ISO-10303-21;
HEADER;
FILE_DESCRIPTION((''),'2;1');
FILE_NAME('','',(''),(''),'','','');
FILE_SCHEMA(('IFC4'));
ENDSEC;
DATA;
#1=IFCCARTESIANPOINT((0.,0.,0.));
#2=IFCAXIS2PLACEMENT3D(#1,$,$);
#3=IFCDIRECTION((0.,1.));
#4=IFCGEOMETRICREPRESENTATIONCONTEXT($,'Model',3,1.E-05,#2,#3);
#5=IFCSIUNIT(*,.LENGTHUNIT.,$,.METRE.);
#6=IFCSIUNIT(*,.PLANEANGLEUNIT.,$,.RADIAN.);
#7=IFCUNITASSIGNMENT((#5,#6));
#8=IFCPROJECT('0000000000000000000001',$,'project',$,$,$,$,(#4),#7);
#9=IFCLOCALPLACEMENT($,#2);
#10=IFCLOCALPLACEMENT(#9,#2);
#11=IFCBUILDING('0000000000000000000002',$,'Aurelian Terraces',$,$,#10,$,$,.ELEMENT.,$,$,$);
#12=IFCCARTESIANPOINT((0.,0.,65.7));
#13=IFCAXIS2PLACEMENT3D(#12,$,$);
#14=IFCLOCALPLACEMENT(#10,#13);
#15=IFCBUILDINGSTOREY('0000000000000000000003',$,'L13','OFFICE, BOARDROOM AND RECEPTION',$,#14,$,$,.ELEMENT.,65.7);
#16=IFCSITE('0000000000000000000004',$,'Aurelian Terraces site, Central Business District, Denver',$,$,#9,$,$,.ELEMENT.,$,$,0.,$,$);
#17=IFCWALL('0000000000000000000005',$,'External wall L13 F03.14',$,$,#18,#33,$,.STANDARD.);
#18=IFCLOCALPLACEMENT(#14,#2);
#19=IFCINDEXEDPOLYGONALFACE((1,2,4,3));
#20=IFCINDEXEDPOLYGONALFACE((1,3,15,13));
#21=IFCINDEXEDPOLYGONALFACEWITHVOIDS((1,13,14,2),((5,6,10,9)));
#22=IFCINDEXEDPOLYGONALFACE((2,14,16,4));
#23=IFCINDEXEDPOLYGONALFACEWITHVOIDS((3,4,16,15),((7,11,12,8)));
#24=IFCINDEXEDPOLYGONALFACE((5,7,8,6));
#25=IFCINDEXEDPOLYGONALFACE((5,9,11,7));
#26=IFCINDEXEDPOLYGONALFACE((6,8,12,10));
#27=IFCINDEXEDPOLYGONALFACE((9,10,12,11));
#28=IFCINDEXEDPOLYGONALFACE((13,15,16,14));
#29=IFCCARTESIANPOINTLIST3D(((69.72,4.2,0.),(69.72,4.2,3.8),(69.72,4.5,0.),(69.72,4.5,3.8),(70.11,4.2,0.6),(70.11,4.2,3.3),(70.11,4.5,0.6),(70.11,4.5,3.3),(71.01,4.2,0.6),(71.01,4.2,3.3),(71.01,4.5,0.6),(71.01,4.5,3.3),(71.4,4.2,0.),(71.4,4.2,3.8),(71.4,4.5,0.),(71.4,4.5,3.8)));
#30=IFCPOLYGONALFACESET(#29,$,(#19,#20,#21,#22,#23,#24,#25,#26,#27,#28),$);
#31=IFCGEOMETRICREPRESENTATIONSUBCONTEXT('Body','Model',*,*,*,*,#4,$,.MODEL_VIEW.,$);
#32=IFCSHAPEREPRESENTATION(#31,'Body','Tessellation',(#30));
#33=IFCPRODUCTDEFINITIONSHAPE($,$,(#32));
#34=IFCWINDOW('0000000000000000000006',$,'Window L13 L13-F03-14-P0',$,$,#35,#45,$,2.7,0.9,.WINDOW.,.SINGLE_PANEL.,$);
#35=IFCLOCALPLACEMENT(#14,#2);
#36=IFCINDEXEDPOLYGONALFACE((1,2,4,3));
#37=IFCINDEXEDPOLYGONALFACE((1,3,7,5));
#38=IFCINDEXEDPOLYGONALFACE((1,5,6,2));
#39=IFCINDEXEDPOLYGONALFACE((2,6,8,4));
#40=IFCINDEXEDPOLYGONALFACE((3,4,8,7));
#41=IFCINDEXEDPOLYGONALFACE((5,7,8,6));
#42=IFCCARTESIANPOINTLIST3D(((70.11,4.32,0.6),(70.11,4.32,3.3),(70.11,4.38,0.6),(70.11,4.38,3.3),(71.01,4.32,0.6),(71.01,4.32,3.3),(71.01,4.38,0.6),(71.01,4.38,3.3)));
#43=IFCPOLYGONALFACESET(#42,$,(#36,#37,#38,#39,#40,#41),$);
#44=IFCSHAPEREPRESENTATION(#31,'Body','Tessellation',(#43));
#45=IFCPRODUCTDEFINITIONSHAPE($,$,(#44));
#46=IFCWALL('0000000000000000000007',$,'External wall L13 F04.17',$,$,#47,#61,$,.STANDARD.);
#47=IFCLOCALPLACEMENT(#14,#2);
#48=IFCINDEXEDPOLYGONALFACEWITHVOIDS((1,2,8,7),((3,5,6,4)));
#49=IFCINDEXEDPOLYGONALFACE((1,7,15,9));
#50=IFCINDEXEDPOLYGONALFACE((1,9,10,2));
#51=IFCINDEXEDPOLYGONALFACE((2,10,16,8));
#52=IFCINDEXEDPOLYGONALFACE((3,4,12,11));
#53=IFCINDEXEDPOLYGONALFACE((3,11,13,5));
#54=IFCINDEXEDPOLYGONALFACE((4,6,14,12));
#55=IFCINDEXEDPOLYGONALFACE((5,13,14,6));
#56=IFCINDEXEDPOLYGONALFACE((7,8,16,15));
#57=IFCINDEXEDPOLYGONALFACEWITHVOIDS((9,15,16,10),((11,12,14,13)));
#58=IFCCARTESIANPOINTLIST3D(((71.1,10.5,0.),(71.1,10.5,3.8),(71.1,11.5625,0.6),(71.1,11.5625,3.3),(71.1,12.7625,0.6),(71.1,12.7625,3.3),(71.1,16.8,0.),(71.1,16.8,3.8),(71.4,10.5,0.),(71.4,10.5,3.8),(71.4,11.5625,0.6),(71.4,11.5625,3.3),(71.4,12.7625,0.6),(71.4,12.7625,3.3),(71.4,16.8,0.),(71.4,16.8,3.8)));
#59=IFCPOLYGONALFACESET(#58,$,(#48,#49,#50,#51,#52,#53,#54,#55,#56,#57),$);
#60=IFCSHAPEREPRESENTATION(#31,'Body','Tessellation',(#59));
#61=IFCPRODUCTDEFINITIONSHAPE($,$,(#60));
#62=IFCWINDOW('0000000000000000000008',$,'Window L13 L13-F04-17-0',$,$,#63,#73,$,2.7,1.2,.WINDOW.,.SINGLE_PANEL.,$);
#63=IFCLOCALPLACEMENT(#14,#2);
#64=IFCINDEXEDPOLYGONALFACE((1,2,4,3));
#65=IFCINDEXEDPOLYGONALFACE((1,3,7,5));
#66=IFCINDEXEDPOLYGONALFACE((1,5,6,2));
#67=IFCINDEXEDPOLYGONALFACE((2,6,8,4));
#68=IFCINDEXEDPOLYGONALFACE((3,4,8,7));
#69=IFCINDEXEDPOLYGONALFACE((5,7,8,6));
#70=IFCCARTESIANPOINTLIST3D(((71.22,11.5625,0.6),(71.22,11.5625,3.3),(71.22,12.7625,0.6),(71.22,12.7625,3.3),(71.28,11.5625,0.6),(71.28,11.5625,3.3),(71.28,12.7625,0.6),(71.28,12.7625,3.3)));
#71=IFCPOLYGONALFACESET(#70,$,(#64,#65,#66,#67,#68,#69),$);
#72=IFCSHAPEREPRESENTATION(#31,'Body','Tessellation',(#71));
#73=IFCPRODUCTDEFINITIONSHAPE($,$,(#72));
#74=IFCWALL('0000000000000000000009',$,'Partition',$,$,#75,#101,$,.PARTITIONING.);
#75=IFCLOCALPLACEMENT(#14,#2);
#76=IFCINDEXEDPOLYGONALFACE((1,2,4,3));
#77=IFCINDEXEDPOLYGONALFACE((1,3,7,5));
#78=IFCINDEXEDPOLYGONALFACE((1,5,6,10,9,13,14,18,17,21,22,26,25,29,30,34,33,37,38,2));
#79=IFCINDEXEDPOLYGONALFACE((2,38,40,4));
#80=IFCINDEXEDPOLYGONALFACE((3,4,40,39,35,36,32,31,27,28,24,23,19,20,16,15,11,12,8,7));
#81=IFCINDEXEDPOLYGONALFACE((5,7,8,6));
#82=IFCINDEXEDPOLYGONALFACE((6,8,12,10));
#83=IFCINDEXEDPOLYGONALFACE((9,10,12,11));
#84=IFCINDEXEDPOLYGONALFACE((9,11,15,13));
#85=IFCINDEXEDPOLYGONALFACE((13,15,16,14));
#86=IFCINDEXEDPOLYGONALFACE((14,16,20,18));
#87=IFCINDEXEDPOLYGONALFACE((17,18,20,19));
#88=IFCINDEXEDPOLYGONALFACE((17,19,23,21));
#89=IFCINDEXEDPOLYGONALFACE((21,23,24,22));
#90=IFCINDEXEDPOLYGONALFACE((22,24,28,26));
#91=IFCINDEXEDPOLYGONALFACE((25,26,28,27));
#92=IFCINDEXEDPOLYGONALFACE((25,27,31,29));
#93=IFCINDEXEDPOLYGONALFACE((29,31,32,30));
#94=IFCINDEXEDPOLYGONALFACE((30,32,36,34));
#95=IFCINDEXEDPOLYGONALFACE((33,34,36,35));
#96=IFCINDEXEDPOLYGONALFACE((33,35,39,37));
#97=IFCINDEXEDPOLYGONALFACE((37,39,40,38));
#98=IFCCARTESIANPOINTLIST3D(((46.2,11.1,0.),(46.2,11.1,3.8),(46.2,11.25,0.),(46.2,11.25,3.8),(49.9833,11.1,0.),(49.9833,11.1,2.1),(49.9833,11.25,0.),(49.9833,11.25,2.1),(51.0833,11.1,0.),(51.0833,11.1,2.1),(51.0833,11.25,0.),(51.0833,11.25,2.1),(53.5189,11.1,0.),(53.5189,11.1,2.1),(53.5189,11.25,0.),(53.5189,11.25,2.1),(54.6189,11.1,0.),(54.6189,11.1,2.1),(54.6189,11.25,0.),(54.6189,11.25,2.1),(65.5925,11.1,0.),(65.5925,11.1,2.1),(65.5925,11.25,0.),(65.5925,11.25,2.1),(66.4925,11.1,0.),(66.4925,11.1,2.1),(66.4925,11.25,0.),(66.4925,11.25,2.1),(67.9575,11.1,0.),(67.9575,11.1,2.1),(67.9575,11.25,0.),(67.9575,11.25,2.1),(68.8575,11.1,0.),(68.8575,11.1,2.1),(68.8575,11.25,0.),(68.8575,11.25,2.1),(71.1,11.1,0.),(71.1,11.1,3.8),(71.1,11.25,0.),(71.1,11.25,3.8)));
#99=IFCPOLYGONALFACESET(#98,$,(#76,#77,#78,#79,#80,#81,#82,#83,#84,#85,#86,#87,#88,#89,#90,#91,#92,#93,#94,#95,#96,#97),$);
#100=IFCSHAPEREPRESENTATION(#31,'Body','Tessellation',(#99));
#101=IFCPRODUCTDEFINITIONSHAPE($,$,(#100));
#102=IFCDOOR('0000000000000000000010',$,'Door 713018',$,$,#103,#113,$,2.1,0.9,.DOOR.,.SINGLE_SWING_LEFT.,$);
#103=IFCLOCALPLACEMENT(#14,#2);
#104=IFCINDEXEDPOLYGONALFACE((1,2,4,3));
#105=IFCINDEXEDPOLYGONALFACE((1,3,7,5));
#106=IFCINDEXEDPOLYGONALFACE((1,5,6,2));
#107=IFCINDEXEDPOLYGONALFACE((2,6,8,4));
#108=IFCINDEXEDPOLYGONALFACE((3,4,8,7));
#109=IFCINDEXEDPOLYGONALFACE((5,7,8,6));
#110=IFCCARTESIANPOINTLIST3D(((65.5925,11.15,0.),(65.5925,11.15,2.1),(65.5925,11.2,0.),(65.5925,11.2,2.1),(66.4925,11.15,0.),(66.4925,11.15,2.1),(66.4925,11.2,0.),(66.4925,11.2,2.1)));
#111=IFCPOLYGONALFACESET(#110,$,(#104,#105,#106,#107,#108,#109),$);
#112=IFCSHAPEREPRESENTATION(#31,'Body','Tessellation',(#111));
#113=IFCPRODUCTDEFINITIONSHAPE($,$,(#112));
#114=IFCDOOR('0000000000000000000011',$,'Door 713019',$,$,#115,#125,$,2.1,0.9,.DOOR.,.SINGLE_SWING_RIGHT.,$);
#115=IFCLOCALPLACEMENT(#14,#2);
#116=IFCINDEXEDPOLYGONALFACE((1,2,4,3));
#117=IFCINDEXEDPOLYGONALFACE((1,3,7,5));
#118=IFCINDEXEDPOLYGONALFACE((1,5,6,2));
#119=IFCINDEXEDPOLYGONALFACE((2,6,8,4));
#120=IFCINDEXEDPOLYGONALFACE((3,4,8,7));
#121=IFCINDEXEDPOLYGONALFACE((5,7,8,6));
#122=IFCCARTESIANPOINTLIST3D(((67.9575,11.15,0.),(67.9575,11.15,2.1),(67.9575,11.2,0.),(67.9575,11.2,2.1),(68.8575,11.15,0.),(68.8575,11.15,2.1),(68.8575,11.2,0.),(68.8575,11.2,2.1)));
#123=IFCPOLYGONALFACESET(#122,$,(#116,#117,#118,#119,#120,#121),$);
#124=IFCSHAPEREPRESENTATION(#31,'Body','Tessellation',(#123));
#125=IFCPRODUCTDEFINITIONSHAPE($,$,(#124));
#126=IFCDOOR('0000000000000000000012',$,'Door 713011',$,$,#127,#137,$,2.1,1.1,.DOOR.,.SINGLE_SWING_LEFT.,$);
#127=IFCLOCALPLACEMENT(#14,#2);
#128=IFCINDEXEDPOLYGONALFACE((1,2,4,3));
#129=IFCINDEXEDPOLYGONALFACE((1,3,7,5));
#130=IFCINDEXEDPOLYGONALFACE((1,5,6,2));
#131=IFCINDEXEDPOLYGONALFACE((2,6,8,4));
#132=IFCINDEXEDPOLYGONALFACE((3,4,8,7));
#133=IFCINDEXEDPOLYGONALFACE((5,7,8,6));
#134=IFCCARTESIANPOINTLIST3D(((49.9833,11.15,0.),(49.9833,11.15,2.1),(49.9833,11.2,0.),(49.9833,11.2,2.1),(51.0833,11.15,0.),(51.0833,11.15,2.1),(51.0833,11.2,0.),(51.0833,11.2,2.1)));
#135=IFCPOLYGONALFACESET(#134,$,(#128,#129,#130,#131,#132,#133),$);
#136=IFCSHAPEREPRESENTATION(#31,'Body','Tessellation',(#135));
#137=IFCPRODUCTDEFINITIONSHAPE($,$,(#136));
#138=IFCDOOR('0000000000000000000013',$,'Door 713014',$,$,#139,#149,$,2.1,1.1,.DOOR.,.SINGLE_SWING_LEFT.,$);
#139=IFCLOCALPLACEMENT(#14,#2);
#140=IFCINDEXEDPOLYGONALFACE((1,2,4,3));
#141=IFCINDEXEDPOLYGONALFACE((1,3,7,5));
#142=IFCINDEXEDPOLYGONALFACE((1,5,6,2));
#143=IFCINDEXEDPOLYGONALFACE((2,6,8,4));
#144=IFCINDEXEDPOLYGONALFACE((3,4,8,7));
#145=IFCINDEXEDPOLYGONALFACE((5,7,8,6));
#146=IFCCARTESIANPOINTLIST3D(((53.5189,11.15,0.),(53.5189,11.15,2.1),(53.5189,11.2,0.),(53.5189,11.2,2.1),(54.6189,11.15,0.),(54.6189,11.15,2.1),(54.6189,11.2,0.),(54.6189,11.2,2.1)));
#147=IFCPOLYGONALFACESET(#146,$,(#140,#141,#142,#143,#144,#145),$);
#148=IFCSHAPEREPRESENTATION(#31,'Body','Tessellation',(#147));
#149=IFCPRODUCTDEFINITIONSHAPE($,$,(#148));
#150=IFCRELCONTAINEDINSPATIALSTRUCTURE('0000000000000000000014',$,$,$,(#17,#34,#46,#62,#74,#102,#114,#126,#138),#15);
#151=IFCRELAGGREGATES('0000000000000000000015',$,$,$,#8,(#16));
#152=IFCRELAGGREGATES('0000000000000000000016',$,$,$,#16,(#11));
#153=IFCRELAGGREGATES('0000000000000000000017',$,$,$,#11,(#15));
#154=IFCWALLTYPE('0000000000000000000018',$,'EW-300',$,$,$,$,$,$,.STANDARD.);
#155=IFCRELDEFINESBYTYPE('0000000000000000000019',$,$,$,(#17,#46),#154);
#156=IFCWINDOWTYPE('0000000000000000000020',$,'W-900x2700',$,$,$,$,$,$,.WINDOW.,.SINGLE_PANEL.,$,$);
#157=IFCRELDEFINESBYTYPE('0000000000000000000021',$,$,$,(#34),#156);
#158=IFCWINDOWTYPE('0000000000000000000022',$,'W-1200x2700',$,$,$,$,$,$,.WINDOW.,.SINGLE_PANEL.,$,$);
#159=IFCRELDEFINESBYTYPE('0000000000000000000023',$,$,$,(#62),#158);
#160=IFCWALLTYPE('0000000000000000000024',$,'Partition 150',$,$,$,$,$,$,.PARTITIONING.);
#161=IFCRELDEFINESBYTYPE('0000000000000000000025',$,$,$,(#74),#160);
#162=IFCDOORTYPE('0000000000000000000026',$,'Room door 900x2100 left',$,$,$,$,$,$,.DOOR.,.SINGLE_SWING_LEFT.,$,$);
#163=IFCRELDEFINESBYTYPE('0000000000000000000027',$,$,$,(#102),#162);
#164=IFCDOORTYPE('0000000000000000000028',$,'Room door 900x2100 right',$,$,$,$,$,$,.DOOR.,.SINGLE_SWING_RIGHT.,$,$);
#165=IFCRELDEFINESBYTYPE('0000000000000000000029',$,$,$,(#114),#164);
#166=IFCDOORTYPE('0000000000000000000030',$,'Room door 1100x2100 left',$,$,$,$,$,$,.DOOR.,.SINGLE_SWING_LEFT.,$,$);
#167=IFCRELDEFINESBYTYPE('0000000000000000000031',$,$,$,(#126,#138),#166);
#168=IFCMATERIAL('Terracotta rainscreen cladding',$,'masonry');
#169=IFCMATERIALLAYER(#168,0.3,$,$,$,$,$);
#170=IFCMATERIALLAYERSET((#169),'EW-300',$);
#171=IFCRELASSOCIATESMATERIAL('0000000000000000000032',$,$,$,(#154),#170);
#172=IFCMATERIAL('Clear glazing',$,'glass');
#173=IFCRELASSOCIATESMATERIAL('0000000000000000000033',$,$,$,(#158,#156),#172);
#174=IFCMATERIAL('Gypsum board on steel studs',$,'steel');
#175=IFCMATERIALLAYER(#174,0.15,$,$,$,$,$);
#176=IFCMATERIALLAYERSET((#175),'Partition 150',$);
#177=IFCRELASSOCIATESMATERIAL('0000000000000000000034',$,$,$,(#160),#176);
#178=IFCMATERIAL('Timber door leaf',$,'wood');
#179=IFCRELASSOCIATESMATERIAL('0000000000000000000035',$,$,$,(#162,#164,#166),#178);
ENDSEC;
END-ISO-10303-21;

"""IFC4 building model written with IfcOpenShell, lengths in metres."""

from ifc_helpers import new_model, si_unit, direction, frame, frame_2d, origin, place, context, subcontext, project, spatial, rectangle, extrude, source, transform, mapped, material, layer, layer_set, type_object, element, fill, save


model = new_model("IFC4")

# Units and contexts
model_context = context("Model", 3, precision=1e-05, world=origin(), true_north=direction((0.0, 1.0)))
body_context = subcontext(model_context, "Body", "Model", "MODEL_VIEW")
ifc_project = project(units=[si_unit("LENGTHUNIT", "METRE"), si_unit("PLANEANGLEUNIT", "RADIAN")], contexts=[model_context])

# Site, building, storey
site_placement = place(None, origin())
site = spatial("IfcSite", under=ifc_project, at=site_placement, Name="Aurelian Terraces site, Central Business District, Denver", CompositionType="ELEMENT", RefElevation=0.0)
building_placement = place(site_placement, origin())
building = spatial("IfcBuilding", under=site, at=building_placement, Name="Aurelian Terraces", CompositionType="ELEMENT")
storey_placement = place(building_placement, frame((0.0, 0.0, 65.7)))
storey = spatial("IfcBuildingStorey", under=building, at=storey_placement, Name="L13", Description="OFFICE, BOARDROOM AND RECEPTION", CompositionType="ELEMENT", Elevation=65.7)

# Shared definitions
ifc_material_1 = material(Name="Terracotta rainscreen cladding", Category="masonry")
ifc_layer_1 = layer(ifc_material_1, 0.3)
ifc_layer_set_1 = layer_set([ifc_layer_1], Name="EW-300")
wall_type_1 = type_object("IfcWallType", Name="EW-300", PredefinedType="STANDARD", material=ifc_layer_set_1)
ifc_material_2 = material(Name="Clear glazing", Category="glass")

# Walls, openings, windows
shared_shape_1 = source(origin(), body_context, "Body", "SweptSolid", [
    extrude(rectangle(XDim=1.2, YDim=2.7, at=frame_2d((0.6, 1.35))), frame((0.0, 0.16, 0.0), z_axis=(0.0, -1.0, 0.0), x_axis=(1.0, 0.0, 0.0)), (0.0, 0.0, 1.0), 0.32),
])
window_type_1 = type_object("IfcWindowType", Name="W-1200x2700", PartitioningType="SINGLE_PANEL", PredefinedType="WINDOW", material=ifc_material_2)
shared_shape_2 = source(origin(), body_context, "Body", "SweptSolid", [
    extrude(rectangle(XDim=1.2, YDim=2.7, at=frame_2d((0.6, 1.35))), frame((0.0, 0.03, 0.0), z_axis=(0.0, -1.0, 0.0), x_axis=(1.0, 0.0, 0.0)), (0.0, 0.0, 1.0), 0.06),
])
shared_shape_3 = source(origin(), body_context, "Body", "SweptSolid", [
    extrude(rectangle(XDim=1.68, YDim=0.3, at=frame_2d((0.84, 0.0))), origin(), (0.0, 0.0, 1.0), 3.8),
])
wall_1_placement = place(storey_placement, frame((69.72, 4.35, 0.0), z_axis=(0.0, 0.0, 1.0), x_axis=(1.0, 0.0, 0.0)))
wall_1 = element("IfcWall", 1, at=wall_1_placement, inside=storey, type_object=wall_type_1, Name="External wall L13 F03.14", PredefinedType="STANDARD", context=body_context, shape_type="MappedRepresentation", body=[
    mapped(shared_shape_3, transform((0.0, 0.0, 0.0), scale=1.0)),
])
shared_shape_4 = source(origin(), body_context, "Body", "SweptSolid", [
    extrude(rectangle(XDim=0.9, YDim=2.7, at=frame_2d((0.45, 1.35))), frame((0.0, 0.16, 0.0), z_axis=(0.0, -1.0, 0.0), x_axis=(1.0, 0.0, 0.0)), (0.0, 0.0, 1.0), 0.32),
])
opening_1_placement = place(wall_1_placement, frame((0.39, 0.0, 0.6)))
opening_1 = element("IfcOpeningElement", 2, at=opening_1_placement, cuts=wall_1, PredefinedType="OPENING", context=body_context, shape_type="MappedRepresentation", body=[
    mapped(shared_shape_4, transform((0.0, 0.0, 0.0), scale=1.0)),
])
window_type_2 = type_object("IfcWindowType", Name="W-900x2700", PartitioningType="SINGLE_PANEL", PredefinedType="WINDOW", material=ifc_material_2)
shared_shape_5 = source(origin(), body_context, "Body", "SweptSolid", [
    extrude(rectangle(XDim=0.9, YDim=2.7, at=frame_2d((0.45, 1.35))), frame((0.0, 0.03, 0.0), z_axis=(0.0, -1.0, 0.0), x_axis=(1.0, 0.0, 0.0)), (0.0, 0.0, 1.0), 0.06),
])
window_1_placement = place(opening_1_placement, origin())
window_1 = element("IfcWindow", 3, at=window_1_placement, inside=storey, type_object=window_type_2, Name="Window L13 L13-F03-14-P0", OverallHeight=2.7, OverallWidth=0.9, PartitioningType="SINGLE_PANEL", PredefinedType="WINDOW", context=body_context, shape_type="MappedRepresentation", body=[
    mapped(shared_shape_5, transform((0.0, 0.0, 0.0), scale=1.0)),
])
fill(opening_1, window_1)
shared_shape_6 = source(origin(), body_context, "Body", "SweptSolid", [
    extrude(rectangle(XDim=6.3, YDim=0.3, at=frame_2d((3.15, 0.0))), origin(), (0.0, 0.0, 1.0), 3.8),
])
wall_2_placement = place(storey_placement, frame((71.25, 10.5, 0.0), z_axis=(0.0, 0.0, 1.0), x_axis=(0.0, 1.0, 0.0)))
wall_2 = element("IfcWall", 4, at=wall_2_placement, inside=storey, type_object=wall_type_1, Name="External wall L13 F04.17", PredefinedType="STANDARD", context=body_context, shape_type="MappedRepresentation", body=[
    mapped(shared_shape_6, transform((0.0, 0.0, 0.0), scale=1.0)),
])
opening_2_placement = place(wall_2_placement, frame((1.0625, 0.0, 0.6)))
opening_2 = element("IfcOpeningElement", 5, at=opening_2_placement, cuts=wall_2, PredefinedType="OPENING", context=body_context, shape_type="MappedRepresentation", body=[
    mapped(shared_shape_1, transform((0.0, 0.0, 0.0), scale=1.0)),
])
window_2_placement = place(opening_2_placement, origin())
window_2 = element("IfcWindow", 6, at=window_2_placement, inside=storey, type_object=window_type_1, Name="Window L13 L13-F04-17-0", OverallHeight=2.7, OverallWidth=1.2, PartitioningType="SINGLE_PANEL", PredefinedType="WINDOW", context=body_context, shape_type="MappedRepresentation", body=[
    mapped(shared_shape_2, transform((0.0, 0.0, 0.0), scale=1.0)),
])
fill(opening_2, window_2)

# Wall, openings, doors
ifc_material_3 = material(Name="Gypsum board on steel studs", Category="steel")
ifc_layer_2 = layer(ifc_material_3, 0.15)
ifc_layer_set_2 = layer_set([ifc_layer_2], Name="Partition 150")
wall_type_2 = type_object("IfcWallType", Name="Partition 150", PredefinedType="PARTITIONING", material=ifc_layer_set_2)
shared_shape_7 = source(origin(), body_context, "Body", "SweptSolid", [
    extrude(rectangle(XDim=24.9, YDim=0.15, at=frame_2d((12.45, 0.0))), origin(), (0.0, 0.0, 1.0), 3.8),
])
wall_3_placement = place(storey_placement, frame((71.1, 11.175, 0.0), z_axis=(0.0, 0.0, 1.0), x_axis=(-1.0, 0.0, 0.0)))
wall_3 = element("IfcWall", 7, at=wall_3_placement, inside=storey, type_object=wall_type_2, Name="Partition", PredefinedType="PARTITIONING", context=body_context, shape_type="MappedRepresentation", body=[
    mapped(shared_shape_7, transform((0.0, 0.0, 0.0), scale=1.0)),
])
shared_shape_8 = source(origin(), body_context, "Body", "SweptSolid", [
    extrude(rectangle(XDim=1.1, YDim=2.1, at=frame_2d((0.55, 1.05))), frame((0.0, 0.085, 0.0), z_axis=(0.0, -1.0, 0.0), x_axis=(1.0, 0.0, 0.0)), (0.0, 0.0, 1.0), 0.17),
])
opening_3_placement = place(wall_3_placement, frame((20.0167, 0.0, 0.0)))
opening_3 = element("IfcOpeningElement", 8, at=opening_3_placement, cuts=wall_3, PredefinedType="OPENING", context=body_context, shape_type="MappedRepresentation", body=[
    mapped(shared_shape_8, transform((0.0, 0.0, 0.0), scale=1.0)),
])
opening_4_placement = place(wall_3_placement, frame((16.4811, 0.0, 0.0)))
opening_4 = element("IfcOpeningElement", 9, at=opening_4_placement, cuts=wall_3, PredefinedType="OPENING", context=body_context, shape_type="MappedRepresentation", body=[
    mapped(shared_shape_8, transform((0.0, 0.0, 0.0), scale=1.0)),
])
shared_shape_9 = source(origin(), body_context, "Body", "SweptSolid", [
    extrude(rectangle(XDim=0.9, YDim=2.1, at=frame_2d((0.45, 1.05))), frame((0.0, 0.085, 0.0), z_axis=(0.0, -1.0, 0.0), x_axis=(1.0, 0.0, 0.0)), (0.0, 0.0, 1.0), 0.17),
])
opening_5_placement = place(wall_3_placement, frame((4.6075, 0.0, 0.0)))
opening_5 = element("IfcOpeningElement", 10, at=opening_5_placement, cuts=wall_3, PredefinedType="OPENING", context=body_context, shape_type="MappedRepresentation", body=[
    mapped(shared_shape_9, transform((0.0, 0.0, 0.0), scale=1.0)),
])
opening_6_placement = place(wall_3_placement, frame((2.2425, 0.0, 0.0)))
opening_6 = element("IfcOpeningElement", 11, at=opening_6_placement, cuts=wall_3, PredefinedType="OPENING", context=body_context, shape_type="MappedRepresentation", body=[
    mapped(shared_shape_9, transform((0.0, 0.0, 0.0), scale=1.0)),
])
ifc_material_4 = material(Name="Timber door leaf", Category="wood")
door_type_1 = type_object("IfcDoorType", Name="Room door 900x2100 left", OperationType="SINGLE_SWING_LEFT", PredefinedType="DOOR", material=ifc_material_4)
shared_shape_10 = source(origin(), body_context, "Body", "SweptSolid", [
    extrude(rectangle(XDim=0.9, YDim=2.1, at=frame_2d((0.45, 1.05))), frame((0.0, 0.025, 0.0), z_axis=(0.0, -1.0, 0.0), x_axis=(1.0, 0.0, 0.0)), (0.0, 0.0, 1.0), 0.05),
])
door_1_placement = place(opening_5_placement, origin())
door_1 = element("IfcDoor", 12, at=door_1_placement, inside=storey, type_object=door_type_1, Name="Door 713018", OperationType="SINGLE_SWING_LEFT", OverallHeight=2.1, OverallWidth=0.9, PredefinedType="DOOR", context=body_context, shape_type="MappedRepresentation", body=[
    mapped(shared_shape_10, transform((0.0, 0.0, 0.0), scale=1.0)),
])
fill(opening_5, door_1)
door_type_2 = type_object("IfcDoorType", Name="Room door 900x2100 right", OperationType="SINGLE_SWING_RIGHT", PredefinedType="DOOR", material=ifc_material_4)
door_2_placement = place(opening_6_placement, origin())
door_2 = element("IfcDoor", 13, at=door_2_placement, inside=storey, type_object=door_type_2, Name="Door 713019", OperationType="SINGLE_SWING_RIGHT", OverallHeight=2.1, OverallWidth=0.9, PredefinedType="DOOR", context=body_context, shape_type="MappedRepresentation", body=[
    mapped(shared_shape_10, transform((0.0, 0.0, 0.0), scale=1.0)),
])
fill(opening_6, door_2)
door_type_3 = type_object("IfcDoorType", Name="Room door 1100x2100 left", OperationType="SINGLE_SWING_LEFT", PredefinedType="DOOR", material=ifc_material_4)
shared_shape_11 = source(origin(), body_context, "Body", "SweptSolid", [
    extrude(rectangle(XDim=1.1, YDim=2.1, at=frame_2d((0.55, 1.05))), frame((0.0, 0.025, 0.0), z_axis=(0.0, -1.0, 0.0), x_axis=(1.0, 0.0, 0.0)), (0.0, 0.0, 1.0), 0.05),
])
door_3_placement = place(opening_3_placement, origin())
door_3 = element("IfcDoor", 14, at=door_3_placement, inside=storey, type_object=door_type_3, Name="Door 713011", OperationType="SINGLE_SWING_LEFT", OverallHeight=2.1, OverallWidth=1.1, PredefinedType="DOOR", context=body_context, shape_type="MappedRepresentation", body=[
    mapped(shared_shape_11, transform((0.0, 0.0, 0.0), scale=1.0)),
])
fill(opening_3, door_3)
door_4_placement = place(opening_4_placement, origin())
door_4 = element("IfcDoor", 15, at=door_4_placement, inside=storey, type_object=door_type_3, Name="Door 713014", OperationType="SINGLE_SWING_LEFT", OverallHeight=2.1, OverallWidth=1.1, PredefinedType="DOOR", context=body_context, shape_type="MappedRepresentation", body=[
    mapped(shared_shape_11, transform((0.0, 0.0, 0.0), scale=1.0)),
])
fill(opening_4, door_4)

save(model, "model.ifc")
